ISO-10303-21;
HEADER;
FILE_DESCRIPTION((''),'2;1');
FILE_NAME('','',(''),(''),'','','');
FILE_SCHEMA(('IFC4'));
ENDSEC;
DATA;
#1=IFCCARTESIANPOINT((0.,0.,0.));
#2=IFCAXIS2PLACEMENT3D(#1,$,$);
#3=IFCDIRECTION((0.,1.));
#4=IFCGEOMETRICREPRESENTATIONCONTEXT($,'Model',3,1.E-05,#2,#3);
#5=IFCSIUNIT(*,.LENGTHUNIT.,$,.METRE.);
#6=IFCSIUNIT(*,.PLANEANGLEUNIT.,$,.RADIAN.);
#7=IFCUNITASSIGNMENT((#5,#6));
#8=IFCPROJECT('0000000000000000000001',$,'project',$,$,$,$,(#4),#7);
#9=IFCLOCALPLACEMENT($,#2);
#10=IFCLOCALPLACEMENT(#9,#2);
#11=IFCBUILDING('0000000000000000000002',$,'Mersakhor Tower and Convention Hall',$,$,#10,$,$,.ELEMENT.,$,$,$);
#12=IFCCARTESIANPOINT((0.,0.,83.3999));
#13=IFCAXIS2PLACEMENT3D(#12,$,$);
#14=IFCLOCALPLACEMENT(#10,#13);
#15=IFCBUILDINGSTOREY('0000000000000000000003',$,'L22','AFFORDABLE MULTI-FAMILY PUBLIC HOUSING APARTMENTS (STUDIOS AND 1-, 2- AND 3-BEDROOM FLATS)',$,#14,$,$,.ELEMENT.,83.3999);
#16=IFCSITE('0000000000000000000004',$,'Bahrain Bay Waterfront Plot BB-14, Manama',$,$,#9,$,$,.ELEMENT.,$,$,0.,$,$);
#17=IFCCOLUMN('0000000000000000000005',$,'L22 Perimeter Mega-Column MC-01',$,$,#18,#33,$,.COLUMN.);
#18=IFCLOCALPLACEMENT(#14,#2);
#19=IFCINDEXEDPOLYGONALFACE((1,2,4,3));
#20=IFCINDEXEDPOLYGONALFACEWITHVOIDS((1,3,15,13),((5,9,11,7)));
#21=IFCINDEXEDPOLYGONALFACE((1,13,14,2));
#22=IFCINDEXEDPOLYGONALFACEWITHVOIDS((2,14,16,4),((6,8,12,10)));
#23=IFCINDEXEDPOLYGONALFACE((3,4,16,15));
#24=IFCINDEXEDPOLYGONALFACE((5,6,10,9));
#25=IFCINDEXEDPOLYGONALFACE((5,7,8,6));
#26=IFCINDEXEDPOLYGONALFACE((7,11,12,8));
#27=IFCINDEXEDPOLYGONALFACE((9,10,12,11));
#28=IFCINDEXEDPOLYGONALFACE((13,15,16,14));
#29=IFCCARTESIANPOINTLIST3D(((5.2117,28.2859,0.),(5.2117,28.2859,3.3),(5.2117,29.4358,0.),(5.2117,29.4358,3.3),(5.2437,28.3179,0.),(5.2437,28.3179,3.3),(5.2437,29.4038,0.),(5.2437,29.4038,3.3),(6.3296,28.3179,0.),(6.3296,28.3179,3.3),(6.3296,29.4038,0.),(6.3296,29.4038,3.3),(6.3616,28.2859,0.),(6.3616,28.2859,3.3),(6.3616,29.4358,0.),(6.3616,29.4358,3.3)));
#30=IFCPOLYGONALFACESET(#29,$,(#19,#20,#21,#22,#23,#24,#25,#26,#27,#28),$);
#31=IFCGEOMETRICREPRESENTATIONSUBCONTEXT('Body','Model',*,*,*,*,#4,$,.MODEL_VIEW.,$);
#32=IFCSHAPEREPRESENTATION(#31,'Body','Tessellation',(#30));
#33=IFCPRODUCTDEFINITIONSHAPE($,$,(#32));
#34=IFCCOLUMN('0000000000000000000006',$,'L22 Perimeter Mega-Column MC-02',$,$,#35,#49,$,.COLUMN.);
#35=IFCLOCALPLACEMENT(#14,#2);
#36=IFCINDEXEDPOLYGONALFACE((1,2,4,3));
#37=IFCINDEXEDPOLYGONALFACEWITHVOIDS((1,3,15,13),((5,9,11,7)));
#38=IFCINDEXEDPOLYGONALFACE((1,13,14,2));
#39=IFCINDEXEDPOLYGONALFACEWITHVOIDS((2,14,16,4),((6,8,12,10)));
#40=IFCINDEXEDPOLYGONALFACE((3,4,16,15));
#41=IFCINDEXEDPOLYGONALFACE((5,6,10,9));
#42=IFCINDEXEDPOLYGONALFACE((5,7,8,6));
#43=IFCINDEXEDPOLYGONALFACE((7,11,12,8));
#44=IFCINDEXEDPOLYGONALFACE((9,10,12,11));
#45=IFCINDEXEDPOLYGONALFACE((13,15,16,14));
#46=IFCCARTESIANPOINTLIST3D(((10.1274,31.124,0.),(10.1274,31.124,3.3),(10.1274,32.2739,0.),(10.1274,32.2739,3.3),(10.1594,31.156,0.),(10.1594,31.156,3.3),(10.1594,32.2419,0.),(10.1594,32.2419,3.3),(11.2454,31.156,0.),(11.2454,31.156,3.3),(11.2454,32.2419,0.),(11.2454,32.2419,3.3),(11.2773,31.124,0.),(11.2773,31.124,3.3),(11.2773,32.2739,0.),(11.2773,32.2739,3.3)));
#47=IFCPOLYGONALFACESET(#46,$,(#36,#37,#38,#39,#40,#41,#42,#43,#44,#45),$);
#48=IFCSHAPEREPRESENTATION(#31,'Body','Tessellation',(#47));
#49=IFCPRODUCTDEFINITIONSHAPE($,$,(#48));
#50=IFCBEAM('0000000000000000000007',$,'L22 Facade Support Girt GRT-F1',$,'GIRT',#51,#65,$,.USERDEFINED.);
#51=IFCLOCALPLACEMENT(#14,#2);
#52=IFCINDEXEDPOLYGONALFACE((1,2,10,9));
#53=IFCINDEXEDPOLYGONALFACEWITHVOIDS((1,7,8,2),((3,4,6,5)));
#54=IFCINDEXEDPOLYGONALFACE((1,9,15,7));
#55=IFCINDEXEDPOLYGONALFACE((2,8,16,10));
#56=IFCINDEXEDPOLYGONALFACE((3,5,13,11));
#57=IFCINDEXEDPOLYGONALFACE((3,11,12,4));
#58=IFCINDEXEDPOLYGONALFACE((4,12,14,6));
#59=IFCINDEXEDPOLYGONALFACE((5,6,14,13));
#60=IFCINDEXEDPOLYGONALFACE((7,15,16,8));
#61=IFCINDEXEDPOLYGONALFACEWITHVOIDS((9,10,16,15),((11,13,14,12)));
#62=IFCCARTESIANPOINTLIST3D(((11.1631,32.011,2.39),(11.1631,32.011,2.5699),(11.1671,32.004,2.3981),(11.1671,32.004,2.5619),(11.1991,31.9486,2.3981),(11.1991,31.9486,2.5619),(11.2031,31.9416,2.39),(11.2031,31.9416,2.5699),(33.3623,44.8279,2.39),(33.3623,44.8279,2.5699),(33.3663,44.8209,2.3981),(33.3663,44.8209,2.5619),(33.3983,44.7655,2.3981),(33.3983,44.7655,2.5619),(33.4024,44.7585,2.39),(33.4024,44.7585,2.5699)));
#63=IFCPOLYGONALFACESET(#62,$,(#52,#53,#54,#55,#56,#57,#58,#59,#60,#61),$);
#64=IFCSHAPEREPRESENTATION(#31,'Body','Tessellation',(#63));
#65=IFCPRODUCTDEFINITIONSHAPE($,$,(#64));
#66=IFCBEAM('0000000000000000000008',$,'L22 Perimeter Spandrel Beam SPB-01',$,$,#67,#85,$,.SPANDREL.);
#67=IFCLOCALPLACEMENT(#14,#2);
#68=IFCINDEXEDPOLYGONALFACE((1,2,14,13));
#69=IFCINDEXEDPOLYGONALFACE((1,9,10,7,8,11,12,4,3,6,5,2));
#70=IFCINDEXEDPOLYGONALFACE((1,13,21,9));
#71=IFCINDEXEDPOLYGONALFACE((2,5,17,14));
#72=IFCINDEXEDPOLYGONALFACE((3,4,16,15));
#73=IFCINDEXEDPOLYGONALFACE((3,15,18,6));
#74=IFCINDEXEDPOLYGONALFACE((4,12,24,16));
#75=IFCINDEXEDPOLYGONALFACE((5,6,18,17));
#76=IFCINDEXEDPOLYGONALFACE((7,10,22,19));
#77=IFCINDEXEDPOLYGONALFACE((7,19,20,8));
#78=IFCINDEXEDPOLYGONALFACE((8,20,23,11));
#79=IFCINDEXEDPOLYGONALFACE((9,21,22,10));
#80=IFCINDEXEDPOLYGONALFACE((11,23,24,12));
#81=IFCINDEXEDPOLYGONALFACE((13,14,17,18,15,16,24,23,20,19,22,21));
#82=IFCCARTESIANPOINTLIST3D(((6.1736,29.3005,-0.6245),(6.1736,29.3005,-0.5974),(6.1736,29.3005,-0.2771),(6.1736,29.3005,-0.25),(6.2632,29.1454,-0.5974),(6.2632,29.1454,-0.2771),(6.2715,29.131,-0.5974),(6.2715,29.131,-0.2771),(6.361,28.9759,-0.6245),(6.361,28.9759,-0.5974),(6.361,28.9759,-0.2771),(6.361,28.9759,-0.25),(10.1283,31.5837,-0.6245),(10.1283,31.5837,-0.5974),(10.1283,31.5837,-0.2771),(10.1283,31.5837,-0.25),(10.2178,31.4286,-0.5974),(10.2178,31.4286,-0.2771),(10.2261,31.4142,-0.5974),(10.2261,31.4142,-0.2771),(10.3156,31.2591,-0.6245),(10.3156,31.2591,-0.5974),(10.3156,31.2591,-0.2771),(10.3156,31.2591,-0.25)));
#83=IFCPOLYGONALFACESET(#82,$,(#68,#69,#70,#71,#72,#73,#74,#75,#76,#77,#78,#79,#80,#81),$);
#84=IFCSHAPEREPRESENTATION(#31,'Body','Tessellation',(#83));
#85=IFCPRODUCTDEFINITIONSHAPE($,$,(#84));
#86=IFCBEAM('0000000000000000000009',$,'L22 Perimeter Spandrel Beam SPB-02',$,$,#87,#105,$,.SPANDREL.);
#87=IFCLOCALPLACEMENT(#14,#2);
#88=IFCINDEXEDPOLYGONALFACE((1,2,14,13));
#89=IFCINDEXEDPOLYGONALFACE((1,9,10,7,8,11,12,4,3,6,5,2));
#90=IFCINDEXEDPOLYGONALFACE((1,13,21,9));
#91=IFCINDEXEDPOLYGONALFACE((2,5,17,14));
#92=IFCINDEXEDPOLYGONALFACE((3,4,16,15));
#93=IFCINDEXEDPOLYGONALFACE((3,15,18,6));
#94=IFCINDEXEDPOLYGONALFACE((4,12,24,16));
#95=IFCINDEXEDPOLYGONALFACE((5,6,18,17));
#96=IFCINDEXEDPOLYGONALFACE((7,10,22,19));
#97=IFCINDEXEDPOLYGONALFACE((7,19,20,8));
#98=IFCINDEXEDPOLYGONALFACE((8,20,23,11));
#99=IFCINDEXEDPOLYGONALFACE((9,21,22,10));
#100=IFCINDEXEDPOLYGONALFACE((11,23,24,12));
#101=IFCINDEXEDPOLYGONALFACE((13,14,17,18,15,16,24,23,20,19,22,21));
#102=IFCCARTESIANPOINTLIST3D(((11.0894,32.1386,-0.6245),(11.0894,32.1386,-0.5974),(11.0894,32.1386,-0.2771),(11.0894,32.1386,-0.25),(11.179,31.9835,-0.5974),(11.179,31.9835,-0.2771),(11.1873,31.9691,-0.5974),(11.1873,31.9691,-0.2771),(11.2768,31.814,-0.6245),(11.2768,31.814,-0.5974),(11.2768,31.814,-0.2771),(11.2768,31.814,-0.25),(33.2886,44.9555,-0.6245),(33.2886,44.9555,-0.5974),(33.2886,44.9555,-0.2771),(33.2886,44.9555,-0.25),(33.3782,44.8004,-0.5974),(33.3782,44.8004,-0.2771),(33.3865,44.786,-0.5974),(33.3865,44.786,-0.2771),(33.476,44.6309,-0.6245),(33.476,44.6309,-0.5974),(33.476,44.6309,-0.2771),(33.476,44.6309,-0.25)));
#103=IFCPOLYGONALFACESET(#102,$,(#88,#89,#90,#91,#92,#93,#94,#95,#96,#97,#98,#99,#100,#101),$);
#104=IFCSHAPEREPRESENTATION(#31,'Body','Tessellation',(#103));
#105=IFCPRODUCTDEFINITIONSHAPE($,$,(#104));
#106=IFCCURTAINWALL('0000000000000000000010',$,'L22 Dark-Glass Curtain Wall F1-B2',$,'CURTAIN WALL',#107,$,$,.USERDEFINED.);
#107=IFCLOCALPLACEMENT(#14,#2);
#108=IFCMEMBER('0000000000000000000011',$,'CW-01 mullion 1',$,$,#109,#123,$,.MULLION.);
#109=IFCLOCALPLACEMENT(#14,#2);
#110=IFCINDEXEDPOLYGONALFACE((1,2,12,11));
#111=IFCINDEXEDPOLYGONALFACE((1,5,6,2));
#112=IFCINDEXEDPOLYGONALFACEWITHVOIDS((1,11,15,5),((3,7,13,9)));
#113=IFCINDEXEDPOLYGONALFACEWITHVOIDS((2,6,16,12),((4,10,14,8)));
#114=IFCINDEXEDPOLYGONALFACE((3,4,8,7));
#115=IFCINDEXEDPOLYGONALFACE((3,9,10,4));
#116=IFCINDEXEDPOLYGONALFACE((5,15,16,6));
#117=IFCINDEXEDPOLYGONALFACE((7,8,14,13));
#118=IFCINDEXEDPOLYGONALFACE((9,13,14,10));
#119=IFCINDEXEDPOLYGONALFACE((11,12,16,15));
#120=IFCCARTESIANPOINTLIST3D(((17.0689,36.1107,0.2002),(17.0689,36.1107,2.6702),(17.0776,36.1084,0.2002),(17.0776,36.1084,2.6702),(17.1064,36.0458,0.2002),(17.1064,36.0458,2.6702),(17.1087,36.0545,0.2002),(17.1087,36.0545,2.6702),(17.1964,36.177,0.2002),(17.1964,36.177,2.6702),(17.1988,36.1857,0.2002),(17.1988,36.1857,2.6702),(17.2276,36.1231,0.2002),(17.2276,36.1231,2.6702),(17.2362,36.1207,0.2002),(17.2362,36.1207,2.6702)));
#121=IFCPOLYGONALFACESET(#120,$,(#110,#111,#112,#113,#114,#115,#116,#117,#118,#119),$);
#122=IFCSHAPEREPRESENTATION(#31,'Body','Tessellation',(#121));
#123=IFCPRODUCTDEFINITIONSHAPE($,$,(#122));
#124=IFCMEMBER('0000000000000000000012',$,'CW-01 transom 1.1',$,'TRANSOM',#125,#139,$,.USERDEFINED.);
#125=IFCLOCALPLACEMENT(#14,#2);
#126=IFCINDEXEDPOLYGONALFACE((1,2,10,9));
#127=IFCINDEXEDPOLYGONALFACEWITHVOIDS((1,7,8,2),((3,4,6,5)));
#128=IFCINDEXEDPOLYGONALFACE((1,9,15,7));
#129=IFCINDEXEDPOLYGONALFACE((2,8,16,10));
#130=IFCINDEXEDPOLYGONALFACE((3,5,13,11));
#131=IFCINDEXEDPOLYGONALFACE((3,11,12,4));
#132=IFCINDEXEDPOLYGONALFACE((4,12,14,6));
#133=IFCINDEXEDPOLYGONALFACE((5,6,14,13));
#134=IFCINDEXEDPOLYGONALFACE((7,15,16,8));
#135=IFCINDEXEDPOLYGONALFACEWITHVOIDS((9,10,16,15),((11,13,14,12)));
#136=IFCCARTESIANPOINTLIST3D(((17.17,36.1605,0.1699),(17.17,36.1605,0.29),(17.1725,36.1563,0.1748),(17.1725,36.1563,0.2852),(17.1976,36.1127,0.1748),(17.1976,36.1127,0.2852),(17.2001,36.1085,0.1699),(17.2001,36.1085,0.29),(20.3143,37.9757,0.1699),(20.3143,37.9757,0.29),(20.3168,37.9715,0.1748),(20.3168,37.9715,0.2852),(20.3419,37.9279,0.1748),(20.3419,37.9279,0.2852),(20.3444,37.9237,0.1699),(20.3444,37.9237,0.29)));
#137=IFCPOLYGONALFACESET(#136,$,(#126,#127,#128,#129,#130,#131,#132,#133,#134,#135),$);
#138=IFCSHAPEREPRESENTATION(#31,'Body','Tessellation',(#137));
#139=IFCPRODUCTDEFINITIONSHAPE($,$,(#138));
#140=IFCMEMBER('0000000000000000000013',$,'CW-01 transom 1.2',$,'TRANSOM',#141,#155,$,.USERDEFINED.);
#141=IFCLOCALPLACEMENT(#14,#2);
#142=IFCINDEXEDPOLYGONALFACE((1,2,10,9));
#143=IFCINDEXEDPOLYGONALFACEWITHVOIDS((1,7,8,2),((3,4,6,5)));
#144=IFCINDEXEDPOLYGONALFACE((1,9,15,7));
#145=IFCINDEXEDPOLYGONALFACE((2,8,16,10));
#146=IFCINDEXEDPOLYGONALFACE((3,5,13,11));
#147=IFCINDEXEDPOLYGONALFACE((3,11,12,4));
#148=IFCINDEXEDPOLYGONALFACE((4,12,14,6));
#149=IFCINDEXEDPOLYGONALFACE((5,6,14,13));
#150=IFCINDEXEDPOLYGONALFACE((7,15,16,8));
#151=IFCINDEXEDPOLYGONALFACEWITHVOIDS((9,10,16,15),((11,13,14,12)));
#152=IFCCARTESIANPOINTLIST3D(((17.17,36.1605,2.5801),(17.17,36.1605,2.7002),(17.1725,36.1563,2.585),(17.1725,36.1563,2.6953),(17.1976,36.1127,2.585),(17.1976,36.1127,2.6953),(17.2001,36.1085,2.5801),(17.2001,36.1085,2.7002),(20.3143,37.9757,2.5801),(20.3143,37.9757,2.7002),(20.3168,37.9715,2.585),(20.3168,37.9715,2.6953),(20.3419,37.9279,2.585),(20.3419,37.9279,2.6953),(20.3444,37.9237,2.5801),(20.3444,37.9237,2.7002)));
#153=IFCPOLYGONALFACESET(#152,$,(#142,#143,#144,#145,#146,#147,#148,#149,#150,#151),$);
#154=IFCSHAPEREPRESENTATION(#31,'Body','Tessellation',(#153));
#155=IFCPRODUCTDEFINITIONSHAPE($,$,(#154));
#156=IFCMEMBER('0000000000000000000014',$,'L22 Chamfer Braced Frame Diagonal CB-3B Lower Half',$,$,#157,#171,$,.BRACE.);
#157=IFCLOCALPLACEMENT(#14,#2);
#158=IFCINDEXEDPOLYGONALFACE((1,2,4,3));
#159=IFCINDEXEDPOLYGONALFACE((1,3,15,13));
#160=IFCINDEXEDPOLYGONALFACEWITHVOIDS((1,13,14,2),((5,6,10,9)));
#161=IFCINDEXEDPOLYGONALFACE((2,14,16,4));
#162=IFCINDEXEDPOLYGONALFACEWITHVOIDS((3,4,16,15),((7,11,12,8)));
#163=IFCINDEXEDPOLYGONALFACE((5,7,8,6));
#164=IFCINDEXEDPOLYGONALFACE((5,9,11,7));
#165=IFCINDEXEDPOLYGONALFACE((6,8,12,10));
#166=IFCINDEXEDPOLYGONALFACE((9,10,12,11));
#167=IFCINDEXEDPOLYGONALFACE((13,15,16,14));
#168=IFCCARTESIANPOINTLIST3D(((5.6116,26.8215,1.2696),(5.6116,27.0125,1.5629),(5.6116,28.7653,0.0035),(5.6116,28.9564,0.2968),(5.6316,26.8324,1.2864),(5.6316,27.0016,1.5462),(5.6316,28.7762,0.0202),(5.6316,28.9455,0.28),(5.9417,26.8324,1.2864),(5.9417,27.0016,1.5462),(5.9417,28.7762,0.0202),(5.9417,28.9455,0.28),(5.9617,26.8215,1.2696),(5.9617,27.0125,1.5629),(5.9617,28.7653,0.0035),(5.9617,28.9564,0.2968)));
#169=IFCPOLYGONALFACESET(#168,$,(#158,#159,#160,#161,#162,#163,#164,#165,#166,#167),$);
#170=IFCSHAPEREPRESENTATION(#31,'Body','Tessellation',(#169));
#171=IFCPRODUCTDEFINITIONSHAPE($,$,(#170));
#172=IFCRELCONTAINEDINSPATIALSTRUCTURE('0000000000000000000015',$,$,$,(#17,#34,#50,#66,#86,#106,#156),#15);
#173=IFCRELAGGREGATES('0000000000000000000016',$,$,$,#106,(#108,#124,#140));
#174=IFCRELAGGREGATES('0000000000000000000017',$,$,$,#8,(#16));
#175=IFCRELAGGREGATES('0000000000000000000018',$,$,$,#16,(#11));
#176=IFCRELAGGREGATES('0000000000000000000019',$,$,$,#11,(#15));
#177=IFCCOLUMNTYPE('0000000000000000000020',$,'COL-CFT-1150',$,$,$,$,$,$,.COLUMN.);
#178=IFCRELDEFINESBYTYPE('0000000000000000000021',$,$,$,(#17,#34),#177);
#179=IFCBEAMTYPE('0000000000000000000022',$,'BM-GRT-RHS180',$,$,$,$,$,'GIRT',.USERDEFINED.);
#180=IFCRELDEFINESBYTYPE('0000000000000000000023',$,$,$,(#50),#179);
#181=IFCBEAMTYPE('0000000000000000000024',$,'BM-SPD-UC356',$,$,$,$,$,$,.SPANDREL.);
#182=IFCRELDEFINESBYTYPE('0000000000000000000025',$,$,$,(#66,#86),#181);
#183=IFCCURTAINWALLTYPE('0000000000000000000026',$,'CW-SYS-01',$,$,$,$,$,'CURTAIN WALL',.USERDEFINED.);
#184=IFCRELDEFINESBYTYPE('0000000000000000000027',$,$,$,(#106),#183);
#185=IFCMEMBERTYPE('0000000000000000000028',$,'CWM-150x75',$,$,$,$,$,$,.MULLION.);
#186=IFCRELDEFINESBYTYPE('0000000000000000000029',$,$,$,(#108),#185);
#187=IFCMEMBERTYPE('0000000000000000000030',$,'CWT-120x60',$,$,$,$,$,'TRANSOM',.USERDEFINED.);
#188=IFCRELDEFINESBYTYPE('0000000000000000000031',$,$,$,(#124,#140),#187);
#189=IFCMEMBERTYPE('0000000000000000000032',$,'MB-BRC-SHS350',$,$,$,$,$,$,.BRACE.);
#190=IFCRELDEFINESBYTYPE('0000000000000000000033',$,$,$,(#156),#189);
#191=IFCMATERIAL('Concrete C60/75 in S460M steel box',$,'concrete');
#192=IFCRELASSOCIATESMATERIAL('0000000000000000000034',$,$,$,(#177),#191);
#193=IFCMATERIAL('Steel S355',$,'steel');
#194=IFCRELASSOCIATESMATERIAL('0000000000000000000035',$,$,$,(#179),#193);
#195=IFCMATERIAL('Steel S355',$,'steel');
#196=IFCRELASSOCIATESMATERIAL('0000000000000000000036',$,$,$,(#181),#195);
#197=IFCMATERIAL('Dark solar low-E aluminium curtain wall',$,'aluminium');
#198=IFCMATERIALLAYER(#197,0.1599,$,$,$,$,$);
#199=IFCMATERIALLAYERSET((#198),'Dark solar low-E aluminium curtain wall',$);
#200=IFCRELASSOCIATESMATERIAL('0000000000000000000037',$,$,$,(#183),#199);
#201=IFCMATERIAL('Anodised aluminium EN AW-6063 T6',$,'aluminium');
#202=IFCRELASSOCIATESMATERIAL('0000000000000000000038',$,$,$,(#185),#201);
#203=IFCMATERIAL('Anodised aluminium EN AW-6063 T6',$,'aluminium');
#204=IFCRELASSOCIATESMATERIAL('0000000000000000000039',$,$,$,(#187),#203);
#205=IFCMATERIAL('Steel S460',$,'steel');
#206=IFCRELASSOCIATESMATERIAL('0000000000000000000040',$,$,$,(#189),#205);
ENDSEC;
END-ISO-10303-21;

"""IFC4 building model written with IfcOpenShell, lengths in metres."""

from ifc_helpers import new_model, si_unit, direction, frame, origin, origin_2d, place, context, subcontext, project, spatial, hollow_rectangle, i_section, extrude, material, layer, layer_set, material_profile, profile_set, type_object, element, aggregate, save


model = new_model("IFC4")

# Units and contexts
model_context = context("Model", 3, precision=1e-05, world=origin(), true_north=direction((0.0, 1.0)))
body_context = subcontext(model_context, "Body", "Model", "MODEL_VIEW")
ifc_project = project(units=[si_unit("LENGTHUNIT", "METRE"), si_unit("PLANEANGLEUNIT", "RADIAN")], contexts=[model_context])

# Site, building, storey
site_placement = place(None, origin())
site = spatial("IfcSite", under=ifc_project, at=site_placement, Name="Bahrain Bay Waterfront Plot BB-14, Manama", CompositionType="ELEMENT", RefElevation=0.0)
building_placement = place(site_placement, origin())
building = spatial("IfcBuilding", under=site, at=building_placement, Name="Mersakhor Tower and Convention Hall", CompositionType="ELEMENT")
storey_placement = place(building_placement, frame((0.0, 0.0, 83.3999)))
storey = spatial("IfcBuildingStorey", under=building, at=storey_placement, Name="L22", Description="AFFORDABLE MULTI-FAMILY PUBLIC HOUSING APARTMENTS (STUDIOS AND 1-, 2- AND 3-BEDROOM FLATS)", CompositionType="ELEMENT", Elevation=83.3999)

# Columns
ifc_material_1 = material(Name="Concrete C60/75 in S460M steel box", Category="concrete")
ifc_material_profile_1 = material_profile(ifc_material_1, hollow_rectangle(XDim=1.1499, YDim=1.1499, WallThickness=0.032, at=origin_2d()), Name="SHS 1150x1150x32")
ifc_profile_set_1 = profile_set([ifc_material_profile_1], Name="Concrete C60/75 in S460M steel box")
column_type = type_object("IfcColumnType", Name="COL-CFT-1150", PredefinedType="COLUMN", material=ifc_profile_set_1)
for number, where, z_axis, x_axis, name in (
    (1, (5.7866, 28.8608, 0.0), (0.0, 0.0, 1.0), (1.0, 0.0, 0.0), "L22 Perimeter Mega-Column MC-01"),
    (2, (10.7024, 31.699, 0.0), (0.0, 0.0, 1.0), (1.0, 0.0, 0.0), "L22 Perimeter Mega-Column MC-02"),
):
    element("IfcColumn", number, at=place(storey_placement, frame(where, z_axis=z_axis, x_axis=x_axis)), inside=storey, type_object=column_type, Name=name, PredefinedType="COLUMN", context=body_context, shape_type="SweptSolid", body=[
        extrude(hollow_rectangle(XDim=1.1499, YDim=1.1499, WallThickness=0.032, at=origin_2d()), origin(), (0.0, 0.0, 1.0), 3.3),
    ])

# Beams
ifc_material_2 = material(Name="Steel S355", Category="steel")
ifc_material_profile_2 = material_profile(ifc_material_2, hollow_rectangle(XDim=0.0801, YDim=0.1799, WallThickness=0.0081, at=origin_2d()), Name="RHS 180x80x8")
ifc_profile_set_2 = profile_set([ifc_material_profile_2], Name="Steel S355")
beam_type_1 = type_object("IfcBeamType", Name="BM-GRT-RHS180", ElementType="GIRT", PredefinedType="USERDEFINED", material=ifc_profile_set_2)
beam_1_placement = place(storey_placement, frame((11.1831, 31.9763, 2.48), z_axis=(0.866023, 0.500005, 0.0), x_axis=(-0.500005, 0.866023, 0.0)))
element("IfcBeam", 3, at=beam_1_placement, inside=storey, type_object=beam_type_1, Name="L22 Facade Support Girt GRT-F1", ObjectType="GIRT", PredefinedType="USERDEFINED", context=body_context, shape_type="SweptSolid", body=[
    extrude(hollow_rectangle(XDim=0.0801, YDim=0.1799, WallThickness=0.0081, at=origin_2d()), origin(), (0.0, 0.0, 1.0), 25.6335),
])
ifc_material_3 = material(Name="Steel S355", Category="steel")
ifc_material_profile_3 = material_profile(ifc_material_3, i_section(OverallWidth=0.3748, OverallDepth=0.3745, WebThickness=0.0166, FlangeThickness=0.0271, at=origin_2d()), Name="UC 356x368x202")
ifc_profile_set_3 = profile_set([ifc_material_profile_3], Name="Steel S355")
beam_type_2 = type_object("IfcBeamType", Name="BM-SPD-UC356", PredefinedType="SPANDREL", material=ifc_profile_set_3)
beam_2_placement = place(storey_placement, frame((6.2673, 29.1382, -0.4373), z_axis=(0.866024, 0.500003, 0.0), x_axis=(-0.500003, 0.866024, 0.0)))
element("IfcBeam", 4, at=beam_2_placement, inside=storey, type_object=beam_type_2, Name="L22 Perimeter Spandrel Beam SPB-01", PredefinedType="SPANDREL", context=body_context, shape_type="SweptSolid", body=[
    extrude(i_section(OverallWidth=0.3748, OverallDepth=0.3745, WebThickness=0.0166, FlangeThickness=0.0271, at=origin_2d()), origin(), (0.0, 0.0, 1.0), 4.5664),
])
beam_3_placement = place(storey_placement, frame((11.1831, 31.9763, -0.4373), z_axis=(0.866023, 0.500005, 0.0), x_axis=(-0.500005, 0.866023, 0.0)))
element("IfcBeam", 5, at=beam_3_placement, inside=storey, type_object=beam_type_2, Name="L22 Perimeter Spandrel Beam SPB-02", PredefinedType="SPANDREL", context=body_context, shape_type="SweptSolid", body=[
    extrude(i_section(OverallWidth=0.3748, OverallDepth=0.3745, WebThickness=0.0166, FlangeThickness=0.0271, at=origin_2d()), origin(), (0.0, 0.0, 1.0), 25.6335),
])

# Curtain wall, members
ifc_material_4 = material(Name="Dark solar low-E aluminium curtain wall", Category="aluminium")
ifc_layer_1 = layer(ifc_material_4, 0.1599)
ifc_layer_set_1 = layer_set([ifc_layer_1], Name="Dark solar low-E aluminium curtain wall")
curtain_wall_type = type_object("IfcCurtainWallType", Name="CW-SYS-01", ElementType="CURTAIN WALL", PredefinedType="USERDEFINED", material=ifc_layer_set_1)
curtain_wall_placement = place(storey_placement, origin())
curtain_wall = element("IfcCurtainWall", 6, at=curtain_wall_placement, inside=storey, type_object=curtain_wall_type, Name="L22 Dark-Glass Curtain Wall F1-B2", ObjectType="CURTAIN WALL", PredefinedType="USERDEFINED")
ifc_material_5 = material(Name="Anodised aluminium EN AW-6063 T6", Category="aluminium")
ifc_material_profile_4 = material_profile(ifc_material_5, hollow_rectangle(XDim=0.075, YDim=0.1499, WallThickness=0.0063, at=origin_2d()), Name="RHS 150x75x6.3")
ifc_profile_set_4 = profile_set([ifc_material_profile_4], Name="Anodised aluminium EN AW-6063 T6")
member_type_1 = type_object("IfcMemberType", Name="CWM-150x75", PredefinedType="MULLION", material=ifc_profile_set_4)
member_1_placement = place(storey_placement, frame((17.1526, 36.1157, 0.2002), z_axis=(0.0, 0.0, 1.0), x_axis=(-0.499998, 0.866027, 0.0)))
member_1 = element("IfcMember", 7, at=member_1_placement, type_object=member_type_1, Name="CW-01 mullion 1", PredefinedType="MULLION", context=body_context, shape_type="SweptSolid", body=[
    extrude(hollow_rectangle(XDim=0.075, YDim=0.1499, WallThickness=0.0063, at=origin_2d()), origin(), (0.0, 0.0, 1.0), 2.47),
])
ifc_material_6 = material(Name="Anodised aluminium EN AW-6063 T6", Category="aluminium")
ifc_material_profile_5 = material_profile(ifc_material_6, hollow_rectangle(XDim=0.0601, YDim=0.1201, WallThickness=0.0049, at=origin_2d()), Name="RHS 120x60x5")
ifc_profile_set_5 = profile_set([ifc_material_profile_5], Name="Anodised aluminium EN AW-6063 T6")
member_type_2 = type_object("IfcMemberType", Name="CWT-120x60", ElementType="TRANSOM", PredefinedType="USERDEFINED", material=ifc_profile_set_5)
member_2_placement = place(storey_placement, frame((17.1851, 36.1345, 0.23), z_axis=(0.866046, 0.499965, 0.0), x_axis=(-0.499965, 0.866046, 0.0)))
member_2 = element("IfcMember", 8, at=member_2_placement, type_object=member_type_2, Name="CW-01 transom 1.1", ObjectType="TRANSOM", PredefinedType="USERDEFINED", context=body_context, shape_type="SweptSolid", body=[
    extrude(hollow_rectangle(XDim=0.0601, YDim=0.1201, WallThickness=0.0049, at=origin_2d()), origin(), (0.0, 0.0, 1.0), 3.6306),
])
member_3_placement = place(storey_placement, frame((17.1851, 36.1345, 2.6401), z_axis=(0.866046, 0.499965, 0.0), x_axis=(-0.499965, 0.866046, 0.0)))
member_3 = element("IfcMember", 9, at=member_3_placement, type_object=member_type_2, Name="CW-01 transom 1.2", ObjectType="TRANSOM", PredefinedType="USERDEFINED", context=body_context, shape_type="SweptSolid", body=[
    extrude(hollow_rectangle(XDim=0.0601, YDim=0.1201, WallThickness=0.0049, at=origin_2d()), origin(), (0.0, 0.0, 1.0), 3.6306),
])

# Member
ifc_material_7 = material(Name="Steel S460", Category="steel")
ifc_material_profile_6 = material_profile(ifc_material_7, hollow_rectangle(XDim=0.3501, YDim=0.3501, WallThickness=0.02, at=origin_2d()), Name="SHS 350x350x20")
ifc_profile_set_6 = profile_set([ifc_material_profile_6], Name="Steel S460")
member_type_3 = type_object("IfcMemberType", Name="MB-BRC-SHS350", PredefinedType="BRACE", material=ifc_profile_set_6)
member_4_placement = place(storey_placement, frame((5.7866, 28.8608, 0.1501), z_axis=(0.0, -0.837929, 0.54578), x_axis=(1.0, 0.0, 0.0)))
element("IfcMember", 10, at=member_4_placement, inside=storey, type_object=member_type_3, Name="L22 Chamfer Braced Frame Diagonal CB-3B Lower Half", PredefinedType="BRACE", context=body_context, shape_type="SweptSolid", body=[
    extrude(hollow_rectangle(XDim=0.3501, YDim=0.3501, WallThickness=0.02, at=origin_2d()), origin(), (0.0, 0.0, 1.0), 2.3198),
])

aggregate(curtain_wall, [member_1, member_2, member_3])

save(model, "model.ifc")
